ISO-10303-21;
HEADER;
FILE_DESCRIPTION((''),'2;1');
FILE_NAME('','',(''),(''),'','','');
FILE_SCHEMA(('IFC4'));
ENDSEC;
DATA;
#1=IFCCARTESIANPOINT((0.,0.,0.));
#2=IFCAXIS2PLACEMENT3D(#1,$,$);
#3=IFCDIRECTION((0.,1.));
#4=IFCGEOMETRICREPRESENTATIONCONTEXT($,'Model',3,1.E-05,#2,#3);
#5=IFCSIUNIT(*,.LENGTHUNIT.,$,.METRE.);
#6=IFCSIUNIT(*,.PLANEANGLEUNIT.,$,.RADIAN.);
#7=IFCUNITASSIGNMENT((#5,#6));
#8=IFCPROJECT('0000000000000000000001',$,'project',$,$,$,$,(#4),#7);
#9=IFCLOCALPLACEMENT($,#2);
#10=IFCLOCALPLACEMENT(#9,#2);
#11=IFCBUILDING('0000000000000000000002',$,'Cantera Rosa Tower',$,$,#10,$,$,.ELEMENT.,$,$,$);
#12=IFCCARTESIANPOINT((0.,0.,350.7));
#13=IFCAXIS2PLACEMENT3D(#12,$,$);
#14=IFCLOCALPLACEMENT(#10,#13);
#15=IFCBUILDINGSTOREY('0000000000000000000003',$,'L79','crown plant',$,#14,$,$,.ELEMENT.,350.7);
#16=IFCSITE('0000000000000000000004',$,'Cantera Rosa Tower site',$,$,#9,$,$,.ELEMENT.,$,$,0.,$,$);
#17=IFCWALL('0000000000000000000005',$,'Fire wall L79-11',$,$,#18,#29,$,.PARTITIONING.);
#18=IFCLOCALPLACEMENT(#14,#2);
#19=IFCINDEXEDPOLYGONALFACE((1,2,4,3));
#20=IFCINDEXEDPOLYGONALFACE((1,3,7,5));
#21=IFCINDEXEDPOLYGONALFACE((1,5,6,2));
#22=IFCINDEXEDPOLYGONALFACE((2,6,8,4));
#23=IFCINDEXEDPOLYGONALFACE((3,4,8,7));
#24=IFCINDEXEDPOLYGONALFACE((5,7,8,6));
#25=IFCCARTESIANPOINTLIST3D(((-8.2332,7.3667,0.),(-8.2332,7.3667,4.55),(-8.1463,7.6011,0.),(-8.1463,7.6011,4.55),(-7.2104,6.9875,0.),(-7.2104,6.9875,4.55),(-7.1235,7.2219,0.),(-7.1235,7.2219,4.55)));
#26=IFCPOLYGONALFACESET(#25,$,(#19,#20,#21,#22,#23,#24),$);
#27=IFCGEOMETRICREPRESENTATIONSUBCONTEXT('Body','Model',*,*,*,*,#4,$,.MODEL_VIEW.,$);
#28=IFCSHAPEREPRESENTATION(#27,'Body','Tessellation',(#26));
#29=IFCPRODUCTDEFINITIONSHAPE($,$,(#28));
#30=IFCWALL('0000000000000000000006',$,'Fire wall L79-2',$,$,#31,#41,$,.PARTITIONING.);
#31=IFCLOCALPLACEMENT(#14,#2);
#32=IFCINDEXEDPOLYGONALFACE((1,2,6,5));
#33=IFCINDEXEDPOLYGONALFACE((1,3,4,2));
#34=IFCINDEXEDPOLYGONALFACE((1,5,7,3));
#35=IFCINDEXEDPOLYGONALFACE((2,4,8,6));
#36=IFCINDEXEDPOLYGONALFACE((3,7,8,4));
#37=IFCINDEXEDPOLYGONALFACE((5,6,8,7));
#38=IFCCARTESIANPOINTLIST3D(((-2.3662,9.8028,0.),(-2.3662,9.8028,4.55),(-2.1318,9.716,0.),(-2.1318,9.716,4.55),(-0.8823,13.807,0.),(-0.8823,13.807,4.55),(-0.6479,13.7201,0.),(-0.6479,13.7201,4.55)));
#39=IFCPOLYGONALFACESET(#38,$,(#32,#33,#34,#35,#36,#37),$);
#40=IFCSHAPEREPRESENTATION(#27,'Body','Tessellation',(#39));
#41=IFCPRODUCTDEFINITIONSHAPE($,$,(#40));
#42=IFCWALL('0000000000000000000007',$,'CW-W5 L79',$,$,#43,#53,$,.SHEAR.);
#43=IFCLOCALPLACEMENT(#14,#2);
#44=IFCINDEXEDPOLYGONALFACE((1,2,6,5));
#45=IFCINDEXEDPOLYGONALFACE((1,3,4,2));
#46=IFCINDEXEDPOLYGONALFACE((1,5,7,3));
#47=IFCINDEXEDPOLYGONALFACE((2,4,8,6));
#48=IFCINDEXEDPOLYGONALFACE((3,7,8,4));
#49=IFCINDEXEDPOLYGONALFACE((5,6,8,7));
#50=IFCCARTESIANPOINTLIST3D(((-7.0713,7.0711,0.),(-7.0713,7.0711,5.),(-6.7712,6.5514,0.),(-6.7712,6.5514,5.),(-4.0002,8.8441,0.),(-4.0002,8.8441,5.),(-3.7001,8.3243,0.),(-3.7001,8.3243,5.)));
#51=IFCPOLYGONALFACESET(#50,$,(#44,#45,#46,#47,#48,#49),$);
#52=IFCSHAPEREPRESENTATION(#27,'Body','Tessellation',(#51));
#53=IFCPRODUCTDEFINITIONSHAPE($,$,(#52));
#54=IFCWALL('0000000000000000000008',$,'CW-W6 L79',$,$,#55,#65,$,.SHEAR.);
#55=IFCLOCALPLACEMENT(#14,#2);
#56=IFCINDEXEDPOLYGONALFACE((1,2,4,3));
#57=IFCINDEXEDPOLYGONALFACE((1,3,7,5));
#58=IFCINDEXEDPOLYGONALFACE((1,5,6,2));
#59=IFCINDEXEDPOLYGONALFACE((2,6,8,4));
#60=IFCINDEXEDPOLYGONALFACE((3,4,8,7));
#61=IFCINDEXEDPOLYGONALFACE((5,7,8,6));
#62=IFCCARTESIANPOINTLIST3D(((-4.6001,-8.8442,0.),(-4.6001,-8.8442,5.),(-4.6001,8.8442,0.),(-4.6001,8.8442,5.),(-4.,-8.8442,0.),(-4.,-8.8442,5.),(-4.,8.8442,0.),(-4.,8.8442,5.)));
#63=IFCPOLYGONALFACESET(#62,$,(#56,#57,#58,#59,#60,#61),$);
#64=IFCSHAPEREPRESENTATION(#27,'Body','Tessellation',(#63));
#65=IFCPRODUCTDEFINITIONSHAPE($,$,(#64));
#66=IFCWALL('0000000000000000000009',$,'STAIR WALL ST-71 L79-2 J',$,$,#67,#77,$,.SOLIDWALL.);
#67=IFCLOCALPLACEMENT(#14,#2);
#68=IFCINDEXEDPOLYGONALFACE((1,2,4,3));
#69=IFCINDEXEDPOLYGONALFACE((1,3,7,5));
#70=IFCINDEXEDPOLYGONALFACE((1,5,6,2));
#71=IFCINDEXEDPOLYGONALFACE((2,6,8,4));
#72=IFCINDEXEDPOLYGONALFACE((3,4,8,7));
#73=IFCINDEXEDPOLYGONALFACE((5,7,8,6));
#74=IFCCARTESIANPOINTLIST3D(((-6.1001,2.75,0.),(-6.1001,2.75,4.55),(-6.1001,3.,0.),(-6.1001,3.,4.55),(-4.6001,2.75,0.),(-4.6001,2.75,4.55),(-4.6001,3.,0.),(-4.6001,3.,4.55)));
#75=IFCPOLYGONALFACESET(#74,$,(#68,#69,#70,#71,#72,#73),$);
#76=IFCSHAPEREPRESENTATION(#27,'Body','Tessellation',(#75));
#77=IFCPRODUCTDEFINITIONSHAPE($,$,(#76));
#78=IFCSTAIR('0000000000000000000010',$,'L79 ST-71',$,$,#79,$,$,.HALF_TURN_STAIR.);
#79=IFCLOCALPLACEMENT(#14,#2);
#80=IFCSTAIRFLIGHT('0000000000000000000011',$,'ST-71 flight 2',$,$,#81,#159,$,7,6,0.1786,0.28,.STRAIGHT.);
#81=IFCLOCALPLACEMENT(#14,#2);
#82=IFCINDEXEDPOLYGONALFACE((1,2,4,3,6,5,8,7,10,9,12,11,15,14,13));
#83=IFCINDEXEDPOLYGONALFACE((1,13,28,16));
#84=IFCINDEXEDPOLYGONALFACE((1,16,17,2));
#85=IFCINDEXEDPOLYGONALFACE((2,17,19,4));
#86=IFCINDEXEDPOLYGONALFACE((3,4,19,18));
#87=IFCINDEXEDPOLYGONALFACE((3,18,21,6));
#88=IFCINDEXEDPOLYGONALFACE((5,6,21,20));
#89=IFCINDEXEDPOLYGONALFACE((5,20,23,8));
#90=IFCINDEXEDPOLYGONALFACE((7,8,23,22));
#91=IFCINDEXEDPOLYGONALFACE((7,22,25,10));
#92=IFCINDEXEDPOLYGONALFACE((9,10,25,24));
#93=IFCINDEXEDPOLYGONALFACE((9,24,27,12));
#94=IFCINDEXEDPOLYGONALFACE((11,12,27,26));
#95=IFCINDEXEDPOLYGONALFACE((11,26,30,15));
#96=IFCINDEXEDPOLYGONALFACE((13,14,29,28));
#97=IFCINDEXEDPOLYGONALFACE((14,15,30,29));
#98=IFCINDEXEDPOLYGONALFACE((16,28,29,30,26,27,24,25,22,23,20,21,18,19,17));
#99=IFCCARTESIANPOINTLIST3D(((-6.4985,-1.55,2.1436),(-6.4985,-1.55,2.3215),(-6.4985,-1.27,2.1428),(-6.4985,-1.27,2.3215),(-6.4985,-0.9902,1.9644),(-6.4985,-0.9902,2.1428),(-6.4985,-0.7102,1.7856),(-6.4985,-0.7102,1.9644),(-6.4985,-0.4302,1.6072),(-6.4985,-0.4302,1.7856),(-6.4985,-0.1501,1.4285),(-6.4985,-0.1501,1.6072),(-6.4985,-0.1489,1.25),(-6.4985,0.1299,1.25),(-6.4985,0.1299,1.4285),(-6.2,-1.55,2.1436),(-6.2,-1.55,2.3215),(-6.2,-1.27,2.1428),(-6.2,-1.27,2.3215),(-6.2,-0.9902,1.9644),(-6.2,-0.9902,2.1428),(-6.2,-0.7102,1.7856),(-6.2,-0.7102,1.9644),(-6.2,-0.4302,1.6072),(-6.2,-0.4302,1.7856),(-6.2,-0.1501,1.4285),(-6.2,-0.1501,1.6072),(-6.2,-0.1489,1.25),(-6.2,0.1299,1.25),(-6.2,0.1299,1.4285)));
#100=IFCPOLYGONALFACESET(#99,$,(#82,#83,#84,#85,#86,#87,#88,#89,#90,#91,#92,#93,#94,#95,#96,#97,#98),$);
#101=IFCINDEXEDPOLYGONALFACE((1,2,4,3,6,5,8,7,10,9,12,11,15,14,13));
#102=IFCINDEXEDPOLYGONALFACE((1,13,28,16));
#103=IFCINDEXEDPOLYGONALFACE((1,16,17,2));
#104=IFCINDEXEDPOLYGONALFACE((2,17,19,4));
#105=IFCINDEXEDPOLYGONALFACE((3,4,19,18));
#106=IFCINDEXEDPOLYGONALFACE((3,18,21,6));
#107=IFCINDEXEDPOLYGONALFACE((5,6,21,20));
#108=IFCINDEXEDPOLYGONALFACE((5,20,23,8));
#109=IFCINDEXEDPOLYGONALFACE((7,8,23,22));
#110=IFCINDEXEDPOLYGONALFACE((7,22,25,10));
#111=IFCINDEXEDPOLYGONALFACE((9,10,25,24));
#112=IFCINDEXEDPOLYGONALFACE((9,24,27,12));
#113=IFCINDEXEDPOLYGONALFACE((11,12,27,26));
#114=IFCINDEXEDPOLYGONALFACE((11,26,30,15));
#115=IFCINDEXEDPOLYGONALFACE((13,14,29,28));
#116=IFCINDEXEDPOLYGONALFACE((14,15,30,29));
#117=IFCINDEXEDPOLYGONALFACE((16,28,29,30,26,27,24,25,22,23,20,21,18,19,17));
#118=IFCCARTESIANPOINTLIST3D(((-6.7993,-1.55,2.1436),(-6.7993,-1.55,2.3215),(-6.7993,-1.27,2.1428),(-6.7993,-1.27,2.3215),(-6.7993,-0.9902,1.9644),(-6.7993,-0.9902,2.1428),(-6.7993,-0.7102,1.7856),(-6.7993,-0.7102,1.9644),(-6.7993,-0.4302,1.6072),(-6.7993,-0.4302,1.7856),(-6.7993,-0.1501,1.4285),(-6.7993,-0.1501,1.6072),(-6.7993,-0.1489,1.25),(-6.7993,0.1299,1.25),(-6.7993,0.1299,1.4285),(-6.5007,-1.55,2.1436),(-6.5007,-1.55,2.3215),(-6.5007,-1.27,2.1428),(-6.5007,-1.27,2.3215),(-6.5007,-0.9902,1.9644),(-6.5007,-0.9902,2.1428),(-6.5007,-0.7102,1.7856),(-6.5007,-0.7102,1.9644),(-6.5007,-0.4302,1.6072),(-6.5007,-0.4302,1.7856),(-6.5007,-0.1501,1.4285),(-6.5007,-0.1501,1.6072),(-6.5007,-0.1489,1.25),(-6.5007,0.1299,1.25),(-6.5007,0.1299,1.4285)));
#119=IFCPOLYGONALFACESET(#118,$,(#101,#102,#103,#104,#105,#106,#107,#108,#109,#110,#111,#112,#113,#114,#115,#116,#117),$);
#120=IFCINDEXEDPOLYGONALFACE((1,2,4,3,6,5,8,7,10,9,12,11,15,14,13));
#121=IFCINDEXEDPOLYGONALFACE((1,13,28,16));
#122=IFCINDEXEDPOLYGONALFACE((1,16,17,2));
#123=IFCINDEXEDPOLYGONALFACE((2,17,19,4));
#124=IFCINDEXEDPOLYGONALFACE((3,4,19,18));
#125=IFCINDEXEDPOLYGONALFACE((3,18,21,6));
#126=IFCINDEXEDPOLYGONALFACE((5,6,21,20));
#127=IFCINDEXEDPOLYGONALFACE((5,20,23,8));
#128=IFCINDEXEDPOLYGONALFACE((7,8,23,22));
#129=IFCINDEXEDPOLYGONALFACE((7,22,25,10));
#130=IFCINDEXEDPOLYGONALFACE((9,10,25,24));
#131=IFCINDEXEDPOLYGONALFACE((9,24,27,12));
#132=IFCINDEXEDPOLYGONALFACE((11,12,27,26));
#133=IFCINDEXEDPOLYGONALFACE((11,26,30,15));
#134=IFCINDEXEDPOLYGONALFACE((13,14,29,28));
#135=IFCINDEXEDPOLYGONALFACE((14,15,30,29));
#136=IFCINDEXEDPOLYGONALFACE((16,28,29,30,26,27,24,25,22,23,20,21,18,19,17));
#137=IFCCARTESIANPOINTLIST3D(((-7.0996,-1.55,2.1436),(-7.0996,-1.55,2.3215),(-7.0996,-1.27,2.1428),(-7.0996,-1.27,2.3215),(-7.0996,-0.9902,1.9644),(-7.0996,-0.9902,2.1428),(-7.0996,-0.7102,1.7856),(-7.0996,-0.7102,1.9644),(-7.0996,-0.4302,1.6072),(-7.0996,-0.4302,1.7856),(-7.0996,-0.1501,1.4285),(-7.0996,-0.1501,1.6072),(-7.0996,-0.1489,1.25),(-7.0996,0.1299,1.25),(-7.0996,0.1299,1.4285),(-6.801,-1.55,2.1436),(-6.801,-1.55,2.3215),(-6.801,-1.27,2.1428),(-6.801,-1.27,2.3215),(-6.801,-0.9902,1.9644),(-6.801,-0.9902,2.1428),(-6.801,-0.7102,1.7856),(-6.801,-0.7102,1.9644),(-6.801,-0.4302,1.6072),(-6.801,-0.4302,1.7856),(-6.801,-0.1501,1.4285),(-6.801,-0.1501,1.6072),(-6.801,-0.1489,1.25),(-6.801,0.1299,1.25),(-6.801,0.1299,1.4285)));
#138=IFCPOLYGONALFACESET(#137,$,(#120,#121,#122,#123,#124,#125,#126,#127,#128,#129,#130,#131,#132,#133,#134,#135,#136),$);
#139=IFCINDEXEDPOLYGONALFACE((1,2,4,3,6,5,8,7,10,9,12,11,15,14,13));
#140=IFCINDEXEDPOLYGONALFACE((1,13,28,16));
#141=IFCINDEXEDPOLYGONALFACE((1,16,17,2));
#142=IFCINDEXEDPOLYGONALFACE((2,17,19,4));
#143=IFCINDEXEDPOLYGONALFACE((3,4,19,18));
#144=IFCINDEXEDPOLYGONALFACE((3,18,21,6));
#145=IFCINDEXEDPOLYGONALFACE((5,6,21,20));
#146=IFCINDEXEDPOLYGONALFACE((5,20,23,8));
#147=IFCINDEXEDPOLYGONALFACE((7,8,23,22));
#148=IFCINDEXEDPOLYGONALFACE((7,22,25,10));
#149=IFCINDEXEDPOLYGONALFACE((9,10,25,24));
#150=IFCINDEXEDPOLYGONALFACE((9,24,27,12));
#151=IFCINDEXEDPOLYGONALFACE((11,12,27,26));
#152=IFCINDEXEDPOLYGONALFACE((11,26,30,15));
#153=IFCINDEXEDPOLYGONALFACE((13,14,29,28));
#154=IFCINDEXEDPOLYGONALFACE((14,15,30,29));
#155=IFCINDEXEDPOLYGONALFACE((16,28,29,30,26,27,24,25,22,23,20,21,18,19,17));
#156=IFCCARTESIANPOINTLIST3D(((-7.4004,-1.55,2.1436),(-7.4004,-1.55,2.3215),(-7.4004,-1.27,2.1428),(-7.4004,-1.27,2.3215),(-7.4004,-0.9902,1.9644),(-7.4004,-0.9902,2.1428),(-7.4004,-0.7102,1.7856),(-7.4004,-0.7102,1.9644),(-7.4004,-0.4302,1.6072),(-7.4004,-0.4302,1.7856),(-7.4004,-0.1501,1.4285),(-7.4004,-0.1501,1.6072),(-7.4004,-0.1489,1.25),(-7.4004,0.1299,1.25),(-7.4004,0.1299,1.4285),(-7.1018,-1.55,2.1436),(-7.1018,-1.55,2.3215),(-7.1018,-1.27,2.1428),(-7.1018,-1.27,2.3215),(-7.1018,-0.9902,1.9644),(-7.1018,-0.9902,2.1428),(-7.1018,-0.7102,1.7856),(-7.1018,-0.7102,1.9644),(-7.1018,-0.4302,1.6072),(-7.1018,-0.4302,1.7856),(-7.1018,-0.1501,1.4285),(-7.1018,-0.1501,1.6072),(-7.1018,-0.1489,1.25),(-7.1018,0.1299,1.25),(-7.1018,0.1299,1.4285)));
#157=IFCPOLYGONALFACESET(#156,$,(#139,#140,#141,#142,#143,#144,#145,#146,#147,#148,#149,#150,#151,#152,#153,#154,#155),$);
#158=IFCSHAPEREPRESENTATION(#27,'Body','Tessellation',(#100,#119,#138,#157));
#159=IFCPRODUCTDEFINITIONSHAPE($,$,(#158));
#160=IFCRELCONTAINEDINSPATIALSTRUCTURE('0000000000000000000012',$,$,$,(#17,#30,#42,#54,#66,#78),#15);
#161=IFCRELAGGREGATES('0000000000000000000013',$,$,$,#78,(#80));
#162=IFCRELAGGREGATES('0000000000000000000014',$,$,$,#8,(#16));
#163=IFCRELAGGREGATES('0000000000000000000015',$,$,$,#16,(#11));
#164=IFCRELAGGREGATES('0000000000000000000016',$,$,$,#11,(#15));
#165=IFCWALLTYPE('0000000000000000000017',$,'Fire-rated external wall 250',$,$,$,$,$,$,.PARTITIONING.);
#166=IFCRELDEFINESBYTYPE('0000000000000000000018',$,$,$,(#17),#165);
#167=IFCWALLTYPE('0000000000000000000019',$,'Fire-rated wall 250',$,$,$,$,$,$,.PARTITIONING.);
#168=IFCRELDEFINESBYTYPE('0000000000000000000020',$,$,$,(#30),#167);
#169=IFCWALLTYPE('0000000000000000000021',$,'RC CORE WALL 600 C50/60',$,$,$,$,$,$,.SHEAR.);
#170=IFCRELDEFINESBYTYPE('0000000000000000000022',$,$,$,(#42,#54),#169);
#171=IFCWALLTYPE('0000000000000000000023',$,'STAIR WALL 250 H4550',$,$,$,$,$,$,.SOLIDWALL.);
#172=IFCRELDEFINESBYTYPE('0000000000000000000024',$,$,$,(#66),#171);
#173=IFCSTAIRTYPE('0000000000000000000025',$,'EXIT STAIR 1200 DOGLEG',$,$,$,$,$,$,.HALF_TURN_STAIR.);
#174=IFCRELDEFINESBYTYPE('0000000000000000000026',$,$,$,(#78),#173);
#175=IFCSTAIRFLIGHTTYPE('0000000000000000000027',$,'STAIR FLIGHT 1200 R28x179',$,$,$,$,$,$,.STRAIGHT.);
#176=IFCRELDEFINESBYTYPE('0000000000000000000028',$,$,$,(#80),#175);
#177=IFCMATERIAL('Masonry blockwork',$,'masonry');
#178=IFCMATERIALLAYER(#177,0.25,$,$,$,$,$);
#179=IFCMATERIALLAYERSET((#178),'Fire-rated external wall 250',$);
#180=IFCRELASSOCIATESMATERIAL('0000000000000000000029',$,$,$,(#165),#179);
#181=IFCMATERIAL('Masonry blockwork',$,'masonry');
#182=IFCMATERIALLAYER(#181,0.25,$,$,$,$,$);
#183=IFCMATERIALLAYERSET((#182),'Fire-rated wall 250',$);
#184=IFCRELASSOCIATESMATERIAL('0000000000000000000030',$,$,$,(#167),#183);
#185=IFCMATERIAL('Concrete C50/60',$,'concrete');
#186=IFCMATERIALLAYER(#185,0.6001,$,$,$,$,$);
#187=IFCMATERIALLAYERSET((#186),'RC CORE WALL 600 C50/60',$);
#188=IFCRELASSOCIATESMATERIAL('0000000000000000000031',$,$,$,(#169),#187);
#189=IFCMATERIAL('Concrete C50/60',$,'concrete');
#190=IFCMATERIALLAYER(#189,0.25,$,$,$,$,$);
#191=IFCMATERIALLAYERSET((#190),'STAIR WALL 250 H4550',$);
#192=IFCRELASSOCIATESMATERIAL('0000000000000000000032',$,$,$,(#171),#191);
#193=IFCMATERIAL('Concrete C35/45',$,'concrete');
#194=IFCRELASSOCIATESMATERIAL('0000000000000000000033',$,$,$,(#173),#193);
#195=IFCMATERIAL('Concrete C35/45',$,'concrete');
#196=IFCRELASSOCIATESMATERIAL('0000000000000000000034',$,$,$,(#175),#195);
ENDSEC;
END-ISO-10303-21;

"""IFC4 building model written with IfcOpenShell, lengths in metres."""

from ifc_helpers import new_model, si_unit, direction, frame, frame_2d, origin, place, context, subcontext, project, spatial, polyline, rectangle, outline, extrude, material, layer, layer_set, type_object, element, aggregate, save


model = new_model("IFC4")

# Units and contexts
model_context = context("Model", 3, precision=1e-05, world=origin(), true_north=direction((0.0, 1.0)))
body_context = subcontext(model_context, "Body", "Model", "MODEL_VIEW")
ifc_project = project(units=[si_unit("LENGTHUNIT", "METRE"), si_unit("PLANEANGLEUNIT", "RADIAN")], contexts=[model_context])

# Site, building, storey
site_placement = place(None, origin())
site = spatial("IfcSite", under=ifc_project, at=site_placement, Name="Cantera Rosa Tower site", CompositionType="ELEMENT", RefElevation=0.0)
building_placement = place(site_placement, origin())
building = spatial("IfcBuilding", under=site, at=building_placement, Name="Cantera Rosa Tower", CompositionType="ELEMENT")
storey_placement = place(building_placement, frame((0.0, 0.0, 350.7)))
storey = spatial("IfcBuildingStorey", under=building, at=storey_placement, Name="L79", Description="crown plant", CompositionType="ELEMENT", Elevation=350.7)

# Walls
ifc_material_1 = material(Name="Masonry blockwork", Category="masonry")
ifc_layer_1 = layer(ifc_material_1, 0.25)
ifc_layer_set_1 = layer_set([ifc_layer_1], Name="Fire-rated external wall 250")
wall_type_1 = type_object("IfcWallType", Name="Fire-rated external wall 250", PredefinedType="PARTITIONING", material=ifc_layer_set_1)
wall_1_placement = place(storey_placement, frame((-7.167, 7.1047, 0.0), z_axis=(0.0, 0.0, 1.0), x_axis=(-0.937638, 0.347613, 0.0)))
element("IfcWall", 1, at=wall_1_placement, inside=storey, type_object=wall_type_1, Name="Fire wall L79-11", PredefinedType="PARTITIONING", context=body_context, shape_type="SweptSolid", body=[
    extrude(rectangle(XDim=1.0908, YDim=0.25, at=frame_2d((0.5454, 0.0))), origin(), (0.0, 0.0, 1.0), 4.55),
])
ifc_material_2 = material(Name="Masonry blockwork", Category="masonry")
ifc_layer_2 = layer(ifc_material_2, 0.25)
ifc_layer_set_2 = layer_set([ifc_layer_2], Name="Fire-rated wall 250")
wall_type_2 = type_object("IfcWallType", Name="Fire-rated wall 250", PredefinedType="PARTITIONING", material=ifc_layer_set_2)
wall_2_placement = place(storey_placement, frame((-2.249, 9.7593, 0.0), z_axis=(0.0, 0.0, 1.0), x_axis=(0.347493, 0.937683, 0.0)))
element("IfcWall", 2, at=wall_2_placement, inside=storey, type_object=wall_type_2, Name="Fire wall L79-2", PredefinedType="PARTITIONING", context=body_context, shape_type="SweptSolid", body=[
    extrude(rectangle(XDim=4.2703, YDim=0.25, at=frame_2d((2.1353, 0.0))), origin(), (0.0, 0.0, 1.0), 4.55),
])
ifc_material_3 = material(Name="Concrete C50/60", Category="concrete")
ifc_layer_3 = layer(ifc_material_3, 0.6001)
ifc_layer_set_3 = layer_set([ifc_layer_3], Name="RC CORE WALL 600 C50/60")
wall_type_3 = type_object("IfcWallType", Name="RC CORE WALL 600 C50/60", PredefinedType="SHEAR", material=ifc_layer_set_3)
wall_3_placement = place(storey_placement, frame((-6.9211, 6.8113, 0.0), z_axis=(0.0, 0.0, 1.0), x_axis=(0.86604, 0.499975, 0.0)))
element("IfcWall", 3, at=wall_3_placement, inside=storey, type_object=wall_type_3, Name="CW-W5 L79", PredefinedType="SHEAR", context=body_context, shape_type="SweptSolid", body=[
    extrude(rectangle(XDim=3.5461, YDim=0.6001, at=frame_2d((1.7729, 0.0))), origin(), (0.0, 0.0, 1.0), 5.0),
])
wall_4_placement = place(storey_placement, frame((-4.3, 8.8442, 0.0), z_axis=(0.0, 0.0, 1.0), x_axis=(0.0, -1.0, 0.0)))
element("IfcWall", 4, at=wall_4_placement, inside=storey, type_object=wall_type_3, Name="CW-W6 L79", PredefinedType="SHEAR", context=body_context, shape_type="SweptSolid", body=[
    extrude(rectangle(XDim=17.6885, YDim=0.6001, at=frame_2d((8.8442, 0.0))), origin(), (0.0, 0.0, 1.0), 5.0),
])
ifc_material_4 = material(Name="Concrete C50/60", Category="concrete")
ifc_layer_4 = layer(ifc_material_4, 0.25)
ifc_layer_set_4 = layer_set([ifc_layer_4], Name="STAIR WALL 250 H4550")
wall_type_4 = type_object("IfcWallType", Name="STAIR WALL 250 H4550", PredefinedType="SOLIDWALL", material=ifc_layer_set_4)
wall_5_placement = place(storey_placement, frame((-6.1001, 2.875, 0.0), z_axis=(0.0, 0.0, 1.0), x_axis=(1.0, 0.0, 0.0)))
element("IfcWall", 5, at=wall_5_placement, inside=storey, type_object=wall_type_4, Name="STAIR WALL ST-71 L79-2 J", PredefinedType="SOLIDWALL", context=body_context, shape_type="SweptSolid", body=[
    extrude(rectangle(XDim=1.5, YDim=0.25, at=frame_2d((0.75, 0.0))), origin(), (0.0, 0.0, 1.0), 4.55),
])

# Stair, stair flight
ifc_material_5 = material(Name="Concrete C35/45", Category="concrete")
stair_type = type_object("IfcStairType", Name="EXIT STAIR 1200 DOGLEG", PredefinedType="HALF_TURN_STAIR", material=ifc_material_5)
stair_placement = place(storey_placement, origin())
stair = element("IfcStair", 6, at=stair_placement, inside=storey, type_object=stair_type, Name="L79 ST-71", PredefinedType="HALF_TURN_STAIR")
ifc_material_6 = material(Name="Concrete C35/45", Category="concrete")
stair_flight_type = type_object("IfcStairFlightType", Name="STAIR FLIGHT 1200 R28x179", PredefinedType="STRAIGHT", material=ifc_material_6)
stair_flight_1_placement = place(storey_placement, frame((-6.8, 0.1299, 1.25), z_axis=(0.0, 0.0, 1.0), x_axis=(0.0, -1.0, 0.0)))
stair_flight_1 = element("IfcStairFlight", 7, at=stair_flight_1_placement, type_object=stair_flight_type, Name="ST-71 flight 2", NumberOfRisers=7, NumberOfTreads=6, PredefinedType="STRAIGHT", RiserHeight=0.1786, TreadLength=0.28, context=body_context, shape_type="SweptSolid", body=[
    extrude(outline(polyline([(0.0, 0.0), (0.0, 0.1785), (0.28, 0.1785), (0.28, 0.3572), (0.5601, 0.3572), (0.5601, 0.5356), (0.8401, 0.5356), (0.8401, 0.7144), (1.1201, 0.7144), (1.1201, 0.8928), (1.3999, 0.8928), (1.3999, 1.0715), (1.6799, 1.0715), (1.6799, 1.25), (1.6799, 0.8936), (0.2788, 0.0), (0.0, 0.0)])), frame((0.0, 0.6001, 0.0), z_axis=(0.0, -1.0, 0.0), x_axis=(1.0, 0.0, 0.0)), (0.0, 0.0, 1.0), 0.2986),
    extrude(outline(polyline([(0.0, 0.0), (0.0, 0.1785), (0.28, 0.1785), (0.28, 0.3572), (0.5601, 0.3572), (0.5601, 0.5356), (0.8401, 0.5356), (0.8401, 0.7144), (1.1201, 0.7144), (1.1201, 0.8928), (1.3999, 0.8928), (1.3999, 1.0715), (1.6799, 1.0715), (1.6799, 1.25), (1.6799, 0.8936), (0.2788, 0.0), (0.0, 0.0)])), frame((0.0, 0.2993, 0.0), z_axis=(0.0, -1.0, 0.0), x_axis=(1.0, 0.0, 0.0)), (0.0, 0.0, 1.0), 0.2986),
    extrude(outline(polyline([(0.0, 0.0), (0.0, 0.1785), (0.28, 0.1785), (0.28, 0.3572), (0.5601, 0.3572), (0.5601, 0.5356), (0.8401, 0.5356), (0.8401, 0.7144), (1.1201, 0.7144), (1.1201, 0.8928), (1.3999, 0.8928), (1.3999, 1.0715), (1.6799, 1.0715), (1.6799, 1.25), (1.6799, 0.8936), (0.2788, 0.0), (0.0, 0.0)])), frame((0.0, -0.001, 0.0), z_axis=(0.0, -1.0, 0.0), x_axis=(1.0, 0.0, 0.0)), (0.0, 0.0, 1.0), 0.2986),
    extrude(outline(polyline([(0.0, 0.0), (0.0, 0.1785), (0.28, 0.1785), (0.28, 0.3572), (0.5601, 0.3572), (0.5601, 0.5356), (0.8401, 0.5356), (0.8401, 0.7144), (1.1201, 0.7144), (1.1201, 0.8928), (1.3999, 0.8928), (1.3999, 1.0715), (1.6799, 1.0715), (1.6799, 1.25), (1.6799, 0.8936), (0.2788, 0.0), (0.0, 0.0)])), frame((0.0, -0.3018, 0.0), z_axis=(0.0, -1.0, 0.0), x_axis=(1.0, 0.0, 0.0)), (0.0, 0.0, 1.0), 0.2986),
])
aggregate(stair, [stair_flight_1])

save(model, "model.ifc")
